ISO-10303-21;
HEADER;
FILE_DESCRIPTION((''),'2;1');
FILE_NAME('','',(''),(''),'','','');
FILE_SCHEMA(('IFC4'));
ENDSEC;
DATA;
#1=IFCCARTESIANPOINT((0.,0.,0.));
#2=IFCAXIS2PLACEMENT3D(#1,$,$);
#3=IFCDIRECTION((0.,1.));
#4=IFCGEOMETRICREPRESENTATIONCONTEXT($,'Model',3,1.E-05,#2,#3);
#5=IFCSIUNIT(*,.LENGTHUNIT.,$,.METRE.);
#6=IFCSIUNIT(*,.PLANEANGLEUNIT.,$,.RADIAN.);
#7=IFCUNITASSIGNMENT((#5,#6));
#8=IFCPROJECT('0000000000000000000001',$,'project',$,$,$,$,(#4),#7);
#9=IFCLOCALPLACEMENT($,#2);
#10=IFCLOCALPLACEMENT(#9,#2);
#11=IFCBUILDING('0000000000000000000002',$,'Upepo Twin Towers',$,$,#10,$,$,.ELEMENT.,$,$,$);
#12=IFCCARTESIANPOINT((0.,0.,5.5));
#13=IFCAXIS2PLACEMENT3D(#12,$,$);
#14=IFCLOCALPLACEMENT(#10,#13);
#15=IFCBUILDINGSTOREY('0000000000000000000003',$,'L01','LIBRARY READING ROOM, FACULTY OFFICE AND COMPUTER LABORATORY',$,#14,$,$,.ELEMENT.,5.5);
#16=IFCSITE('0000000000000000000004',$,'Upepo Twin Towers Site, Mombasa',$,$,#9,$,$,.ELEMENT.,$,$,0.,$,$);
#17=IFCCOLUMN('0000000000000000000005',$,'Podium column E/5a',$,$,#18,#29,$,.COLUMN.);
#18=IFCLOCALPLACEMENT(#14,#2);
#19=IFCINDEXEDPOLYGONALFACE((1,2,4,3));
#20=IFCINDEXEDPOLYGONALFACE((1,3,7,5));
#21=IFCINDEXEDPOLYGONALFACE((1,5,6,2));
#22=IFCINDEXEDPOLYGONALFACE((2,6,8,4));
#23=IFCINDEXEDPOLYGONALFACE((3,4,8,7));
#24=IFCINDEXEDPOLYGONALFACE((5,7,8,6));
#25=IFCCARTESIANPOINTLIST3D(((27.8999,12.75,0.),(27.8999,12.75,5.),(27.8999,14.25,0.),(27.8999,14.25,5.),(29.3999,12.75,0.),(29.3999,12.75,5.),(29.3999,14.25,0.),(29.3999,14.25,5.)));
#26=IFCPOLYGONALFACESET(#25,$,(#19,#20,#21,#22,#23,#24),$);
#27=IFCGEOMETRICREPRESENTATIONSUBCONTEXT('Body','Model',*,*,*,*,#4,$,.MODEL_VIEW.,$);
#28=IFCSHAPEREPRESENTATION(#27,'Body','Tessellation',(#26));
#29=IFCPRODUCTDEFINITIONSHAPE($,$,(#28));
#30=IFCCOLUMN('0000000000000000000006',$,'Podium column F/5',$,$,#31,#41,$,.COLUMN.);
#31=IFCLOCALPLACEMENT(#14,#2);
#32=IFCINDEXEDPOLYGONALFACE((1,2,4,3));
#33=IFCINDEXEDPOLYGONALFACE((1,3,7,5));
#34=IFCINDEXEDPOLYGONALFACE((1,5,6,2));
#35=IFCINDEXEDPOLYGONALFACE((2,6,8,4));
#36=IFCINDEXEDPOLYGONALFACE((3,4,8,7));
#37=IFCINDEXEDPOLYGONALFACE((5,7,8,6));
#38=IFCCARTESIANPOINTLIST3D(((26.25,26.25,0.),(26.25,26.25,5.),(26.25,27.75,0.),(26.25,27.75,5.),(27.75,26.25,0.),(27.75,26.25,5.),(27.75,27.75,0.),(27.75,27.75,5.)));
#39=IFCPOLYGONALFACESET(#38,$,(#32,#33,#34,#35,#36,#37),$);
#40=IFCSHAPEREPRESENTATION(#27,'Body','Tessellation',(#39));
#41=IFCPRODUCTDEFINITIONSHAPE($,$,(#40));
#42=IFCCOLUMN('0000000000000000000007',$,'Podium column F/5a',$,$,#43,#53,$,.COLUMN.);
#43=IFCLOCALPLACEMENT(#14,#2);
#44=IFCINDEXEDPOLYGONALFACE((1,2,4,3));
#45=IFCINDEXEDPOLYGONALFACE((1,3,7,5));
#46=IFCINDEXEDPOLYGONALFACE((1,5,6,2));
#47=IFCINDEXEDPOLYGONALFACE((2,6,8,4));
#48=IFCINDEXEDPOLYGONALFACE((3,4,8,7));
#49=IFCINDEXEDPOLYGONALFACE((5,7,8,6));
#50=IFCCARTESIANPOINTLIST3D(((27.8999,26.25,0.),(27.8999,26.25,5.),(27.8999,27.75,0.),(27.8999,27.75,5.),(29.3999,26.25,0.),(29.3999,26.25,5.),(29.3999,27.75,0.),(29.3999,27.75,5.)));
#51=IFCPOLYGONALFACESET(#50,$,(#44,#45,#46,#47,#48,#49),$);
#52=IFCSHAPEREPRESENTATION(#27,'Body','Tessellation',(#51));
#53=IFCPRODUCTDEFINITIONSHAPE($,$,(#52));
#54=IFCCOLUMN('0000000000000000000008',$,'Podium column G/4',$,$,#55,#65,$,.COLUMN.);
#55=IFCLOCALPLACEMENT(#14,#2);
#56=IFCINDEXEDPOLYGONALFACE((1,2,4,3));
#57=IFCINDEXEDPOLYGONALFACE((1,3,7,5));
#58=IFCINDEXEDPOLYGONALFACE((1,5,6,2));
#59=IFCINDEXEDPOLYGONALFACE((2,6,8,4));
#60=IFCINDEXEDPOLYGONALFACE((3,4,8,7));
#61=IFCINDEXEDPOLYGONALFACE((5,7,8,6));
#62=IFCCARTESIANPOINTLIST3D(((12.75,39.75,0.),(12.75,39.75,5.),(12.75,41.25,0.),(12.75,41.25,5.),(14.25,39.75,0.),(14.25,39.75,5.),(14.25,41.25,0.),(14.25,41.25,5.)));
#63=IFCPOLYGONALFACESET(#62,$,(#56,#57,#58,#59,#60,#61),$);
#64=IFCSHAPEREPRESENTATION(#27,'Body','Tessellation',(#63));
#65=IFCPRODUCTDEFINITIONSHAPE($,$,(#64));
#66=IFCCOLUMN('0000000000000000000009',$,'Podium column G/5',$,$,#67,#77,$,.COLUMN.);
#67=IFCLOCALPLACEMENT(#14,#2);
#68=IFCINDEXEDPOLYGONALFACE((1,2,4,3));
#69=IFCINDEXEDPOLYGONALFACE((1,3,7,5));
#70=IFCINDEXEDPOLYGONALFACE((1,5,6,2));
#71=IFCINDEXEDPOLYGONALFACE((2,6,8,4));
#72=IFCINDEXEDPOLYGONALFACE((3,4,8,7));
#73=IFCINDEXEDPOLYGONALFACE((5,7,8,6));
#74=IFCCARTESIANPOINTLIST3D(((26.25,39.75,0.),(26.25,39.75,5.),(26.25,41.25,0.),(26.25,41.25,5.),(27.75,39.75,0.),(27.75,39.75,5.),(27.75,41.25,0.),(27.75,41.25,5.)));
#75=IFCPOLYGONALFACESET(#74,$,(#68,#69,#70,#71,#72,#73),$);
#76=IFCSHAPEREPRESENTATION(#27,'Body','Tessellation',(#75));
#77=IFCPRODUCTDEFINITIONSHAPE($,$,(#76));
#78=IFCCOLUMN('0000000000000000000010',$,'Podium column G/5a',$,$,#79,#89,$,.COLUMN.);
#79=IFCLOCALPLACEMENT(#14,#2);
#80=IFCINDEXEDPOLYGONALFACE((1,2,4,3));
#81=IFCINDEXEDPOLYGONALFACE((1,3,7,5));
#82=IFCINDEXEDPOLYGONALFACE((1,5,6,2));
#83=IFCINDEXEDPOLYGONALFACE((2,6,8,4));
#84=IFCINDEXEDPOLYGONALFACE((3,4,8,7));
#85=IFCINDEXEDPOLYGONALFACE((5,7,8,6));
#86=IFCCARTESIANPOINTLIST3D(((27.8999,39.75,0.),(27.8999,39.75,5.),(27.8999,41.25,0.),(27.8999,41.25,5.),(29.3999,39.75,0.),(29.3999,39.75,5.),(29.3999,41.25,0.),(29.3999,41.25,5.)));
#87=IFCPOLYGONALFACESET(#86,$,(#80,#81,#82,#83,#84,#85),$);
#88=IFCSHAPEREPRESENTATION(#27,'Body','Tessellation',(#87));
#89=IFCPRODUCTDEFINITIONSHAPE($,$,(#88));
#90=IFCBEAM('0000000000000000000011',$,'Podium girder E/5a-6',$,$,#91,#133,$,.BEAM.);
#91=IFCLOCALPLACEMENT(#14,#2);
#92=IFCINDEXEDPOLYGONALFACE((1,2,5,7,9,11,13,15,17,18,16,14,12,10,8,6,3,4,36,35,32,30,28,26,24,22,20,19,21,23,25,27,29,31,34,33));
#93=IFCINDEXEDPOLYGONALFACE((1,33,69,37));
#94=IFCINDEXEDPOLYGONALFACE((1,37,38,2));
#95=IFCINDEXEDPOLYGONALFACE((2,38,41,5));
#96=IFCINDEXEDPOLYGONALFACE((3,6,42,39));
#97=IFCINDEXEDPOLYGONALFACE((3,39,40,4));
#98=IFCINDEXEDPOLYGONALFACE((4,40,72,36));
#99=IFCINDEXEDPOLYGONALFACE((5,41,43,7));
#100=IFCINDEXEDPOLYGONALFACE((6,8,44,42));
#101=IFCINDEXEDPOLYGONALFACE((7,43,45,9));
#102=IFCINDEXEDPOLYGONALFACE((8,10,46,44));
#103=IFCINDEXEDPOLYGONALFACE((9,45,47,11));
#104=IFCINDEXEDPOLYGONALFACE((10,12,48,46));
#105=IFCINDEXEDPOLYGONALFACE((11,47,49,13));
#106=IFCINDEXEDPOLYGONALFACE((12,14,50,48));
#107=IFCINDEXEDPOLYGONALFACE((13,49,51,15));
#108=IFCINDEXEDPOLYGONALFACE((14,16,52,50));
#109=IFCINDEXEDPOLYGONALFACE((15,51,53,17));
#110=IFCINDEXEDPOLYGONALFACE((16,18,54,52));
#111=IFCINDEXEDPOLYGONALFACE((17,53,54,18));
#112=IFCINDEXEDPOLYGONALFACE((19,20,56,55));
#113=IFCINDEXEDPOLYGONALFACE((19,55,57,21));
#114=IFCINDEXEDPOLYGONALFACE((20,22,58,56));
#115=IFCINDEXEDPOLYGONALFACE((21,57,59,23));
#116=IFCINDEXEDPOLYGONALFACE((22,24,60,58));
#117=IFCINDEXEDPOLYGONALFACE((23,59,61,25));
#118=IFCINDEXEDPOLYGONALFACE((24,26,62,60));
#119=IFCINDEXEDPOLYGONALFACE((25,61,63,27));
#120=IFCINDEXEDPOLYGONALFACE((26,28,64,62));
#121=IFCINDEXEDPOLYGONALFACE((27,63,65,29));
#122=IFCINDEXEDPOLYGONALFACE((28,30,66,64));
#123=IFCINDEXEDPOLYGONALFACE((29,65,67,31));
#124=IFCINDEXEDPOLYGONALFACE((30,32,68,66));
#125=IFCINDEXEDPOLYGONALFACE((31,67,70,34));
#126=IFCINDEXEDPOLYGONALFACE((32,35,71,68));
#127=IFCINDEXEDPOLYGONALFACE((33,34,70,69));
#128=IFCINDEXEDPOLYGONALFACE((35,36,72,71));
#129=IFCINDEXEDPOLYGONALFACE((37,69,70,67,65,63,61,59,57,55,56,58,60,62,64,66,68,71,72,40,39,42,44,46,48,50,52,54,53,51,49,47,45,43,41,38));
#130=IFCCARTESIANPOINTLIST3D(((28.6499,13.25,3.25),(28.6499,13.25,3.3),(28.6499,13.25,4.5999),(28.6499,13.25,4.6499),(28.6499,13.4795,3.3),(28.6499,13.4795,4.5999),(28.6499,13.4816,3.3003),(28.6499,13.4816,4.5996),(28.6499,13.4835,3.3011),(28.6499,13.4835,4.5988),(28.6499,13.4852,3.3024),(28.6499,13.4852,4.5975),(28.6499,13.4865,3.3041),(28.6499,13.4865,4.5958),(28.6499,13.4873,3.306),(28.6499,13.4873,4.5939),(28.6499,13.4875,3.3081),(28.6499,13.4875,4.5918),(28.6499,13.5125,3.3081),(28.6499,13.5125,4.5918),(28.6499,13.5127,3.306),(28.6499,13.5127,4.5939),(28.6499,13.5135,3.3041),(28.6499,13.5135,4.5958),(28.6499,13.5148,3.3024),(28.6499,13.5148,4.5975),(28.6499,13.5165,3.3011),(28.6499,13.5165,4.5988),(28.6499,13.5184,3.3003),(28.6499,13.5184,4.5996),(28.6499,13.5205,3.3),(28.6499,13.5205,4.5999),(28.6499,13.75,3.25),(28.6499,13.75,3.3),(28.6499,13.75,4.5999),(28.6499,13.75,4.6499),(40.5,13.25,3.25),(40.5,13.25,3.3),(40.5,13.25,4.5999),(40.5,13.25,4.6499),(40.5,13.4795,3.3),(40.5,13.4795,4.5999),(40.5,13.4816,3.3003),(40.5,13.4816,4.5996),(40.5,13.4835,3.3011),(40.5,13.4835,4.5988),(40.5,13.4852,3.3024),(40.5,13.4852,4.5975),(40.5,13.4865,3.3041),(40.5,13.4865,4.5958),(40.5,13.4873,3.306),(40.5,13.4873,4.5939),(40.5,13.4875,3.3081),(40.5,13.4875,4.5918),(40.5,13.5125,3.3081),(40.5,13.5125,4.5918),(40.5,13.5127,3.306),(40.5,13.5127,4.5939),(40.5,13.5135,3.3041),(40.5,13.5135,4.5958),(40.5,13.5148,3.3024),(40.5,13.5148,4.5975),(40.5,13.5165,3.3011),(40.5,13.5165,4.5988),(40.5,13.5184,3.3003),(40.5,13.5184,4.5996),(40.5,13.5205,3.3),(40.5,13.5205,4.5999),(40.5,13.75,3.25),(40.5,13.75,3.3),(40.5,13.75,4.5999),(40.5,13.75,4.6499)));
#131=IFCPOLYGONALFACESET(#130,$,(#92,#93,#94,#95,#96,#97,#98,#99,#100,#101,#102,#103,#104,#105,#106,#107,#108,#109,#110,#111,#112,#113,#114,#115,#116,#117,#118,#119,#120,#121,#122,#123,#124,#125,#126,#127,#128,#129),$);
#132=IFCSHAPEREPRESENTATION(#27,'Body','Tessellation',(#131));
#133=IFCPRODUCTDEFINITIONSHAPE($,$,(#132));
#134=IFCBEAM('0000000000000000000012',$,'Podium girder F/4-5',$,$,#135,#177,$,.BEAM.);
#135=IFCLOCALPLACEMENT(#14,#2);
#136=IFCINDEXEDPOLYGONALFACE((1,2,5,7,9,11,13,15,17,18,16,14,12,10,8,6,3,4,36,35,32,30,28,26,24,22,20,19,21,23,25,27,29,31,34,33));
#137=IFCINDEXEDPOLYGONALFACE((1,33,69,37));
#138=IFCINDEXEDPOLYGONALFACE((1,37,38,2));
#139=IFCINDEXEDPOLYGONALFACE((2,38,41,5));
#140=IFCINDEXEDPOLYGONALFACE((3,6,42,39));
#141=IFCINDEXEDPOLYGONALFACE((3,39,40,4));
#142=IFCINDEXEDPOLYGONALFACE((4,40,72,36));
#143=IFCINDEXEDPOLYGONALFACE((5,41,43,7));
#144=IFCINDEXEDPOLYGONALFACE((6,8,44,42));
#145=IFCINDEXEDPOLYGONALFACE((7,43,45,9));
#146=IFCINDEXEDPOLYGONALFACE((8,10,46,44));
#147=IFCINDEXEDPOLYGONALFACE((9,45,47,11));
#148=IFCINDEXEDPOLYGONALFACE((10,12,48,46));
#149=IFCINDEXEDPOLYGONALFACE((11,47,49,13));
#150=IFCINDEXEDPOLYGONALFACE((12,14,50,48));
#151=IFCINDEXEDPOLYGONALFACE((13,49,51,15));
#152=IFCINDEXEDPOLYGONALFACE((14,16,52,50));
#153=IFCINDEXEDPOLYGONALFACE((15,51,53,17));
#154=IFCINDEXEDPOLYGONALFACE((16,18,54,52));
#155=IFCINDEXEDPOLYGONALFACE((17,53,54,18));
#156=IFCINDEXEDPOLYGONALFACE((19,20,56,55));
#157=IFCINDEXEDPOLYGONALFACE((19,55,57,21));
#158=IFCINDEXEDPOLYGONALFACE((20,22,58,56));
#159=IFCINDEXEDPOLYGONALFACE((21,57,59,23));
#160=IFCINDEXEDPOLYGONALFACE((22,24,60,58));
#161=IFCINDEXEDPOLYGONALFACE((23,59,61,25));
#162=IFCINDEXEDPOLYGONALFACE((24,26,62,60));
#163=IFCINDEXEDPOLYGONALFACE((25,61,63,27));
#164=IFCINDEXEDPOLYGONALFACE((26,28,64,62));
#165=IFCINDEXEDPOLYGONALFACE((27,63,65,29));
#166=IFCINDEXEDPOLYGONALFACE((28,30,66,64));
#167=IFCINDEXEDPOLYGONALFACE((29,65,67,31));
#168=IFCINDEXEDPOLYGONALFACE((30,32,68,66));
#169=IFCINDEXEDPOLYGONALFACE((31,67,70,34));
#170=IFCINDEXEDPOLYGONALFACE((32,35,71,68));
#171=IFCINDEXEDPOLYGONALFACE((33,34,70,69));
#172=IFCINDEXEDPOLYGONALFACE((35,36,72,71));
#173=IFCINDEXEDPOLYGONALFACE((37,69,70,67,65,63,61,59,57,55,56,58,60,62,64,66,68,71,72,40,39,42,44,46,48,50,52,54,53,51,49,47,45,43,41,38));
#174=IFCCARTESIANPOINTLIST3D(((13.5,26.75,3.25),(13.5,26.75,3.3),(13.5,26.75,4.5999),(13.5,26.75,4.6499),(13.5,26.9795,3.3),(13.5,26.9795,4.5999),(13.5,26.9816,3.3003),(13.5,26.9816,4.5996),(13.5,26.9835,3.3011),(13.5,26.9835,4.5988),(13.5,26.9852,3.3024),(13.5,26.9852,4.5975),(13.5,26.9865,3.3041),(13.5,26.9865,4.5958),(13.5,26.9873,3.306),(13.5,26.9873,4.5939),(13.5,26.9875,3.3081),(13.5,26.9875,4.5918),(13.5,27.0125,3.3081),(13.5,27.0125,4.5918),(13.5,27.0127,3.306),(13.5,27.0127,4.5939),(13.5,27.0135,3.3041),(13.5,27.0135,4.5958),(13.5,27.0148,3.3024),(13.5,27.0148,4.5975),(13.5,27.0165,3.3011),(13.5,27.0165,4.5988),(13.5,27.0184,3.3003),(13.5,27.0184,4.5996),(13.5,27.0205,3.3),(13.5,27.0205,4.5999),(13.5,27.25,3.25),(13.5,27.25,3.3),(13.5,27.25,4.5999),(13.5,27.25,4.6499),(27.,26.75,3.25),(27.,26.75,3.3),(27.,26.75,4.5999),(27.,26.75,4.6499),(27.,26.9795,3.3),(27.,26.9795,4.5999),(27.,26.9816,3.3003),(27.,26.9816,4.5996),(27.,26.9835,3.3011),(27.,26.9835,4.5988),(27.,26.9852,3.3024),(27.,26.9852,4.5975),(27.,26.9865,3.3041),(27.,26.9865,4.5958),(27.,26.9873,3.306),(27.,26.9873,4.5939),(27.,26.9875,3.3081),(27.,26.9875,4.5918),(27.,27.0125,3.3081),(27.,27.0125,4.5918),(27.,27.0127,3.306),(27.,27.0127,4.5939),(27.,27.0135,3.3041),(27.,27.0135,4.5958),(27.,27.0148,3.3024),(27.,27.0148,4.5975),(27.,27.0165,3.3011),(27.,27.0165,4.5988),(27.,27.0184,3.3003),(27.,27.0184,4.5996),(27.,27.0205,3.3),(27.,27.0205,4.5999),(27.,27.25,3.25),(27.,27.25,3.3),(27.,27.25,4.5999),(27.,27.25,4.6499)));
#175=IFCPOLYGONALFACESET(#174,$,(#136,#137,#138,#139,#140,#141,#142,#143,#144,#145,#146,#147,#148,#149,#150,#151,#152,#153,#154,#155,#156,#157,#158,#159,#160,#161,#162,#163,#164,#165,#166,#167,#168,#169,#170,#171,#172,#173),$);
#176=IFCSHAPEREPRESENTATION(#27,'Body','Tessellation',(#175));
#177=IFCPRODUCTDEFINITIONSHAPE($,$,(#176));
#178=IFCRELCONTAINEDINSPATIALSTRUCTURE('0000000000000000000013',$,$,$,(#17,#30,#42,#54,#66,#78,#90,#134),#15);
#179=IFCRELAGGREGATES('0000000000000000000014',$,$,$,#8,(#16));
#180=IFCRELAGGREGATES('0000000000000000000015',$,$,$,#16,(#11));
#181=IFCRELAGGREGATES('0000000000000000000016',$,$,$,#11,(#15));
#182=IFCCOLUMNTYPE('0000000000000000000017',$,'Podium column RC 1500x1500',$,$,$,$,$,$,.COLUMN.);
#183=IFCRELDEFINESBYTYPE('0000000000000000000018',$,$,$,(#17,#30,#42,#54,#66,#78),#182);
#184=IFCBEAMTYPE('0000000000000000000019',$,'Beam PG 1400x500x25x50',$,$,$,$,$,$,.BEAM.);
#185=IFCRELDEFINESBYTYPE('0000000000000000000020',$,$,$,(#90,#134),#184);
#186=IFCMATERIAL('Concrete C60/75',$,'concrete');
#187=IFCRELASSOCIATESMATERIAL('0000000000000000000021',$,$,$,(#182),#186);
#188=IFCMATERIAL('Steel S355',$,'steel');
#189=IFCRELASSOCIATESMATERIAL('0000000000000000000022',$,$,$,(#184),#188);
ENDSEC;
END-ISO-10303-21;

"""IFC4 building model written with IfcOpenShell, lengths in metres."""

from ifc_helpers import new_model, si_unit, direction, frame, origin, origin_2d, place, context, subcontext, project, spatial, rectangle, i_section, extrude, material, material_profile, profile_set, type_object, element, save


model = new_model("IFC4")

# Units and contexts
model_context = context("Model", 3, precision=1e-05, world=origin(), true_north=direction((0.0, 1.0)))
body_context = subcontext(model_context, "Body", "Model", "MODEL_VIEW")
ifc_project = project(units=[si_unit("LENGTHUNIT", "METRE"), si_unit("PLANEANGLEUNIT", "RADIAN")], contexts=[model_context])

# Site, building, storey
site_placement = place(None, origin())
site = spatial("IfcSite", under=ifc_project, at=site_placement, Name="Upepo Twin Towers Site, Mombasa", CompositionType="ELEMENT", RefElevation=0.0)
building_placement = place(site_placement, origin())
building = spatial("IfcBuilding", under=site, at=building_placement, Name="Upepo Twin Towers", CompositionType="ELEMENT")
storey_placement = place(building_placement, frame((0.0, 0.0, 5.5)))
storey = spatial("IfcBuildingStorey", under=building, at=storey_placement, Name="L01", Description="LIBRARY READING ROOM, FACULTY OFFICE AND COMPUTER LABORATORY", CompositionType="ELEMENT", Elevation=5.5)

# Columns
ifc_material_1 = material(Name="Concrete C60/75", Category="concrete")
ifc_material_profile_1 = material_profile(ifc_material_1, rectangle(XDim=1.5, YDim=1.5, at=origin_2d()), Name="RC 1500x1500")
ifc_profile_set_1 = profile_set([ifc_material_profile_1], Name="Concrete C60/75")
column_type = type_object("IfcColumnType", Name="Podium column RC 1500x1500", PredefinedType="COLUMN", material=ifc_profile_set_1)
for number, where, z_axis, x_axis, name in (
    (1, (28.6499, 13.5, 0.0), (0.0, 0.0, 1.0), (1.0, 0.0, 0.0), "Podium column E/5a"),
    (2, (27.0, 27.0, 0.0), (0.0, 0.0, 1.0), (1.0, 0.0, 0.0), "Podium column F/5"),
    (3, (28.6499, 27.0, 0.0), (0.0, 0.0, 1.0), (1.0, 0.0, 0.0), "Podium column F/5a"),
    (4, (13.5, 40.5, 0.0), (0.0, 0.0, 1.0), (1.0, 0.0, 0.0), "Podium column G/4"),
    (5, (27.0, 40.5, 0.0), (0.0, 0.0, 1.0), (1.0, 0.0, 0.0), "Podium column G/5"),
    (6, (28.6499, 40.5, 0.0), (0.0, 0.0, 1.0), (1.0, 0.0, 0.0), "Podium column G/5a"),
):
    element("IfcColumn", number, at=place(storey_placement, frame(where, z_axis=z_axis, x_axis=x_axis)), inside=storey, type_object=column_type, Name=name, PredefinedType="COLUMN", context=body_context, shape_type="SweptSolid", body=[
        extrude(rectangle(XDim=1.5, YDim=1.5, at=origin_2d()), origin(), (0.0, 0.0, 1.0), 5.0),
    ])

# Beams
ifc_material_2 = material(Name="Steel S355", Category="steel")
ifc_material_profile_2 = material_profile(ifc_material_2, i_section(OverallWidth=0.5, OverallDepth=1.3999, WebThickness=0.0249, FlangeThickness=0.05, FilletRadius=0.0081, at=origin_2d()), Name="PG 1400x500x25x50")
ifc_profile_set_2 = profile_set([ifc_material_profile_2], Name="Steel S355")
beam_type_1 = type_object("IfcBeamType", Name="Beam PG 1400x500x25x50", PredefinedType="BEAM", material=ifc_profile_set_2)
beam_1_placement = place(storey_placement, frame((28.6499, 13.5, 3.95), z_axis=(1.0, 0.0, 0.0), x_axis=(0.0, 1.0, 0.0)))
element("IfcBeam", 7, at=beam_1_placement, inside=storey, type_object=beam_type_1, Name="Podium girder E/5a-6", PredefinedType="BEAM", context=body_context, shape_type="SweptSolid", body=[
    extrude(i_section(OverallWidth=0.5, OverallDepth=1.3999, WebThickness=0.0249, FlangeThickness=0.05, FilletRadius=0.0081, at=origin_2d()), origin(), (0.0, 0.0, 1.0), 11.8501),
])
beam_2_placement = place(storey_placement, frame((13.5, 27.0, 3.95), z_axis=(1.0, 0.0, 0.0), x_axis=(0.0, 1.0, 0.0)))
element("IfcBeam", 8, at=beam_2_placement, inside=storey, type_object=beam_type_1, Name="Podium girder F/4-5", PredefinedType="BEAM", context=body_context, shape_type="SweptSolid", body=[
    extrude(i_section(OverallWidth=0.5, OverallDepth=1.3999, WebThickness=0.0249, FlangeThickness=0.05, FilletRadius=0.0081, at=origin_2d()), origin(), (0.0, 0.0, 1.0), 13.5),
])

save(model, "model.ifc")
